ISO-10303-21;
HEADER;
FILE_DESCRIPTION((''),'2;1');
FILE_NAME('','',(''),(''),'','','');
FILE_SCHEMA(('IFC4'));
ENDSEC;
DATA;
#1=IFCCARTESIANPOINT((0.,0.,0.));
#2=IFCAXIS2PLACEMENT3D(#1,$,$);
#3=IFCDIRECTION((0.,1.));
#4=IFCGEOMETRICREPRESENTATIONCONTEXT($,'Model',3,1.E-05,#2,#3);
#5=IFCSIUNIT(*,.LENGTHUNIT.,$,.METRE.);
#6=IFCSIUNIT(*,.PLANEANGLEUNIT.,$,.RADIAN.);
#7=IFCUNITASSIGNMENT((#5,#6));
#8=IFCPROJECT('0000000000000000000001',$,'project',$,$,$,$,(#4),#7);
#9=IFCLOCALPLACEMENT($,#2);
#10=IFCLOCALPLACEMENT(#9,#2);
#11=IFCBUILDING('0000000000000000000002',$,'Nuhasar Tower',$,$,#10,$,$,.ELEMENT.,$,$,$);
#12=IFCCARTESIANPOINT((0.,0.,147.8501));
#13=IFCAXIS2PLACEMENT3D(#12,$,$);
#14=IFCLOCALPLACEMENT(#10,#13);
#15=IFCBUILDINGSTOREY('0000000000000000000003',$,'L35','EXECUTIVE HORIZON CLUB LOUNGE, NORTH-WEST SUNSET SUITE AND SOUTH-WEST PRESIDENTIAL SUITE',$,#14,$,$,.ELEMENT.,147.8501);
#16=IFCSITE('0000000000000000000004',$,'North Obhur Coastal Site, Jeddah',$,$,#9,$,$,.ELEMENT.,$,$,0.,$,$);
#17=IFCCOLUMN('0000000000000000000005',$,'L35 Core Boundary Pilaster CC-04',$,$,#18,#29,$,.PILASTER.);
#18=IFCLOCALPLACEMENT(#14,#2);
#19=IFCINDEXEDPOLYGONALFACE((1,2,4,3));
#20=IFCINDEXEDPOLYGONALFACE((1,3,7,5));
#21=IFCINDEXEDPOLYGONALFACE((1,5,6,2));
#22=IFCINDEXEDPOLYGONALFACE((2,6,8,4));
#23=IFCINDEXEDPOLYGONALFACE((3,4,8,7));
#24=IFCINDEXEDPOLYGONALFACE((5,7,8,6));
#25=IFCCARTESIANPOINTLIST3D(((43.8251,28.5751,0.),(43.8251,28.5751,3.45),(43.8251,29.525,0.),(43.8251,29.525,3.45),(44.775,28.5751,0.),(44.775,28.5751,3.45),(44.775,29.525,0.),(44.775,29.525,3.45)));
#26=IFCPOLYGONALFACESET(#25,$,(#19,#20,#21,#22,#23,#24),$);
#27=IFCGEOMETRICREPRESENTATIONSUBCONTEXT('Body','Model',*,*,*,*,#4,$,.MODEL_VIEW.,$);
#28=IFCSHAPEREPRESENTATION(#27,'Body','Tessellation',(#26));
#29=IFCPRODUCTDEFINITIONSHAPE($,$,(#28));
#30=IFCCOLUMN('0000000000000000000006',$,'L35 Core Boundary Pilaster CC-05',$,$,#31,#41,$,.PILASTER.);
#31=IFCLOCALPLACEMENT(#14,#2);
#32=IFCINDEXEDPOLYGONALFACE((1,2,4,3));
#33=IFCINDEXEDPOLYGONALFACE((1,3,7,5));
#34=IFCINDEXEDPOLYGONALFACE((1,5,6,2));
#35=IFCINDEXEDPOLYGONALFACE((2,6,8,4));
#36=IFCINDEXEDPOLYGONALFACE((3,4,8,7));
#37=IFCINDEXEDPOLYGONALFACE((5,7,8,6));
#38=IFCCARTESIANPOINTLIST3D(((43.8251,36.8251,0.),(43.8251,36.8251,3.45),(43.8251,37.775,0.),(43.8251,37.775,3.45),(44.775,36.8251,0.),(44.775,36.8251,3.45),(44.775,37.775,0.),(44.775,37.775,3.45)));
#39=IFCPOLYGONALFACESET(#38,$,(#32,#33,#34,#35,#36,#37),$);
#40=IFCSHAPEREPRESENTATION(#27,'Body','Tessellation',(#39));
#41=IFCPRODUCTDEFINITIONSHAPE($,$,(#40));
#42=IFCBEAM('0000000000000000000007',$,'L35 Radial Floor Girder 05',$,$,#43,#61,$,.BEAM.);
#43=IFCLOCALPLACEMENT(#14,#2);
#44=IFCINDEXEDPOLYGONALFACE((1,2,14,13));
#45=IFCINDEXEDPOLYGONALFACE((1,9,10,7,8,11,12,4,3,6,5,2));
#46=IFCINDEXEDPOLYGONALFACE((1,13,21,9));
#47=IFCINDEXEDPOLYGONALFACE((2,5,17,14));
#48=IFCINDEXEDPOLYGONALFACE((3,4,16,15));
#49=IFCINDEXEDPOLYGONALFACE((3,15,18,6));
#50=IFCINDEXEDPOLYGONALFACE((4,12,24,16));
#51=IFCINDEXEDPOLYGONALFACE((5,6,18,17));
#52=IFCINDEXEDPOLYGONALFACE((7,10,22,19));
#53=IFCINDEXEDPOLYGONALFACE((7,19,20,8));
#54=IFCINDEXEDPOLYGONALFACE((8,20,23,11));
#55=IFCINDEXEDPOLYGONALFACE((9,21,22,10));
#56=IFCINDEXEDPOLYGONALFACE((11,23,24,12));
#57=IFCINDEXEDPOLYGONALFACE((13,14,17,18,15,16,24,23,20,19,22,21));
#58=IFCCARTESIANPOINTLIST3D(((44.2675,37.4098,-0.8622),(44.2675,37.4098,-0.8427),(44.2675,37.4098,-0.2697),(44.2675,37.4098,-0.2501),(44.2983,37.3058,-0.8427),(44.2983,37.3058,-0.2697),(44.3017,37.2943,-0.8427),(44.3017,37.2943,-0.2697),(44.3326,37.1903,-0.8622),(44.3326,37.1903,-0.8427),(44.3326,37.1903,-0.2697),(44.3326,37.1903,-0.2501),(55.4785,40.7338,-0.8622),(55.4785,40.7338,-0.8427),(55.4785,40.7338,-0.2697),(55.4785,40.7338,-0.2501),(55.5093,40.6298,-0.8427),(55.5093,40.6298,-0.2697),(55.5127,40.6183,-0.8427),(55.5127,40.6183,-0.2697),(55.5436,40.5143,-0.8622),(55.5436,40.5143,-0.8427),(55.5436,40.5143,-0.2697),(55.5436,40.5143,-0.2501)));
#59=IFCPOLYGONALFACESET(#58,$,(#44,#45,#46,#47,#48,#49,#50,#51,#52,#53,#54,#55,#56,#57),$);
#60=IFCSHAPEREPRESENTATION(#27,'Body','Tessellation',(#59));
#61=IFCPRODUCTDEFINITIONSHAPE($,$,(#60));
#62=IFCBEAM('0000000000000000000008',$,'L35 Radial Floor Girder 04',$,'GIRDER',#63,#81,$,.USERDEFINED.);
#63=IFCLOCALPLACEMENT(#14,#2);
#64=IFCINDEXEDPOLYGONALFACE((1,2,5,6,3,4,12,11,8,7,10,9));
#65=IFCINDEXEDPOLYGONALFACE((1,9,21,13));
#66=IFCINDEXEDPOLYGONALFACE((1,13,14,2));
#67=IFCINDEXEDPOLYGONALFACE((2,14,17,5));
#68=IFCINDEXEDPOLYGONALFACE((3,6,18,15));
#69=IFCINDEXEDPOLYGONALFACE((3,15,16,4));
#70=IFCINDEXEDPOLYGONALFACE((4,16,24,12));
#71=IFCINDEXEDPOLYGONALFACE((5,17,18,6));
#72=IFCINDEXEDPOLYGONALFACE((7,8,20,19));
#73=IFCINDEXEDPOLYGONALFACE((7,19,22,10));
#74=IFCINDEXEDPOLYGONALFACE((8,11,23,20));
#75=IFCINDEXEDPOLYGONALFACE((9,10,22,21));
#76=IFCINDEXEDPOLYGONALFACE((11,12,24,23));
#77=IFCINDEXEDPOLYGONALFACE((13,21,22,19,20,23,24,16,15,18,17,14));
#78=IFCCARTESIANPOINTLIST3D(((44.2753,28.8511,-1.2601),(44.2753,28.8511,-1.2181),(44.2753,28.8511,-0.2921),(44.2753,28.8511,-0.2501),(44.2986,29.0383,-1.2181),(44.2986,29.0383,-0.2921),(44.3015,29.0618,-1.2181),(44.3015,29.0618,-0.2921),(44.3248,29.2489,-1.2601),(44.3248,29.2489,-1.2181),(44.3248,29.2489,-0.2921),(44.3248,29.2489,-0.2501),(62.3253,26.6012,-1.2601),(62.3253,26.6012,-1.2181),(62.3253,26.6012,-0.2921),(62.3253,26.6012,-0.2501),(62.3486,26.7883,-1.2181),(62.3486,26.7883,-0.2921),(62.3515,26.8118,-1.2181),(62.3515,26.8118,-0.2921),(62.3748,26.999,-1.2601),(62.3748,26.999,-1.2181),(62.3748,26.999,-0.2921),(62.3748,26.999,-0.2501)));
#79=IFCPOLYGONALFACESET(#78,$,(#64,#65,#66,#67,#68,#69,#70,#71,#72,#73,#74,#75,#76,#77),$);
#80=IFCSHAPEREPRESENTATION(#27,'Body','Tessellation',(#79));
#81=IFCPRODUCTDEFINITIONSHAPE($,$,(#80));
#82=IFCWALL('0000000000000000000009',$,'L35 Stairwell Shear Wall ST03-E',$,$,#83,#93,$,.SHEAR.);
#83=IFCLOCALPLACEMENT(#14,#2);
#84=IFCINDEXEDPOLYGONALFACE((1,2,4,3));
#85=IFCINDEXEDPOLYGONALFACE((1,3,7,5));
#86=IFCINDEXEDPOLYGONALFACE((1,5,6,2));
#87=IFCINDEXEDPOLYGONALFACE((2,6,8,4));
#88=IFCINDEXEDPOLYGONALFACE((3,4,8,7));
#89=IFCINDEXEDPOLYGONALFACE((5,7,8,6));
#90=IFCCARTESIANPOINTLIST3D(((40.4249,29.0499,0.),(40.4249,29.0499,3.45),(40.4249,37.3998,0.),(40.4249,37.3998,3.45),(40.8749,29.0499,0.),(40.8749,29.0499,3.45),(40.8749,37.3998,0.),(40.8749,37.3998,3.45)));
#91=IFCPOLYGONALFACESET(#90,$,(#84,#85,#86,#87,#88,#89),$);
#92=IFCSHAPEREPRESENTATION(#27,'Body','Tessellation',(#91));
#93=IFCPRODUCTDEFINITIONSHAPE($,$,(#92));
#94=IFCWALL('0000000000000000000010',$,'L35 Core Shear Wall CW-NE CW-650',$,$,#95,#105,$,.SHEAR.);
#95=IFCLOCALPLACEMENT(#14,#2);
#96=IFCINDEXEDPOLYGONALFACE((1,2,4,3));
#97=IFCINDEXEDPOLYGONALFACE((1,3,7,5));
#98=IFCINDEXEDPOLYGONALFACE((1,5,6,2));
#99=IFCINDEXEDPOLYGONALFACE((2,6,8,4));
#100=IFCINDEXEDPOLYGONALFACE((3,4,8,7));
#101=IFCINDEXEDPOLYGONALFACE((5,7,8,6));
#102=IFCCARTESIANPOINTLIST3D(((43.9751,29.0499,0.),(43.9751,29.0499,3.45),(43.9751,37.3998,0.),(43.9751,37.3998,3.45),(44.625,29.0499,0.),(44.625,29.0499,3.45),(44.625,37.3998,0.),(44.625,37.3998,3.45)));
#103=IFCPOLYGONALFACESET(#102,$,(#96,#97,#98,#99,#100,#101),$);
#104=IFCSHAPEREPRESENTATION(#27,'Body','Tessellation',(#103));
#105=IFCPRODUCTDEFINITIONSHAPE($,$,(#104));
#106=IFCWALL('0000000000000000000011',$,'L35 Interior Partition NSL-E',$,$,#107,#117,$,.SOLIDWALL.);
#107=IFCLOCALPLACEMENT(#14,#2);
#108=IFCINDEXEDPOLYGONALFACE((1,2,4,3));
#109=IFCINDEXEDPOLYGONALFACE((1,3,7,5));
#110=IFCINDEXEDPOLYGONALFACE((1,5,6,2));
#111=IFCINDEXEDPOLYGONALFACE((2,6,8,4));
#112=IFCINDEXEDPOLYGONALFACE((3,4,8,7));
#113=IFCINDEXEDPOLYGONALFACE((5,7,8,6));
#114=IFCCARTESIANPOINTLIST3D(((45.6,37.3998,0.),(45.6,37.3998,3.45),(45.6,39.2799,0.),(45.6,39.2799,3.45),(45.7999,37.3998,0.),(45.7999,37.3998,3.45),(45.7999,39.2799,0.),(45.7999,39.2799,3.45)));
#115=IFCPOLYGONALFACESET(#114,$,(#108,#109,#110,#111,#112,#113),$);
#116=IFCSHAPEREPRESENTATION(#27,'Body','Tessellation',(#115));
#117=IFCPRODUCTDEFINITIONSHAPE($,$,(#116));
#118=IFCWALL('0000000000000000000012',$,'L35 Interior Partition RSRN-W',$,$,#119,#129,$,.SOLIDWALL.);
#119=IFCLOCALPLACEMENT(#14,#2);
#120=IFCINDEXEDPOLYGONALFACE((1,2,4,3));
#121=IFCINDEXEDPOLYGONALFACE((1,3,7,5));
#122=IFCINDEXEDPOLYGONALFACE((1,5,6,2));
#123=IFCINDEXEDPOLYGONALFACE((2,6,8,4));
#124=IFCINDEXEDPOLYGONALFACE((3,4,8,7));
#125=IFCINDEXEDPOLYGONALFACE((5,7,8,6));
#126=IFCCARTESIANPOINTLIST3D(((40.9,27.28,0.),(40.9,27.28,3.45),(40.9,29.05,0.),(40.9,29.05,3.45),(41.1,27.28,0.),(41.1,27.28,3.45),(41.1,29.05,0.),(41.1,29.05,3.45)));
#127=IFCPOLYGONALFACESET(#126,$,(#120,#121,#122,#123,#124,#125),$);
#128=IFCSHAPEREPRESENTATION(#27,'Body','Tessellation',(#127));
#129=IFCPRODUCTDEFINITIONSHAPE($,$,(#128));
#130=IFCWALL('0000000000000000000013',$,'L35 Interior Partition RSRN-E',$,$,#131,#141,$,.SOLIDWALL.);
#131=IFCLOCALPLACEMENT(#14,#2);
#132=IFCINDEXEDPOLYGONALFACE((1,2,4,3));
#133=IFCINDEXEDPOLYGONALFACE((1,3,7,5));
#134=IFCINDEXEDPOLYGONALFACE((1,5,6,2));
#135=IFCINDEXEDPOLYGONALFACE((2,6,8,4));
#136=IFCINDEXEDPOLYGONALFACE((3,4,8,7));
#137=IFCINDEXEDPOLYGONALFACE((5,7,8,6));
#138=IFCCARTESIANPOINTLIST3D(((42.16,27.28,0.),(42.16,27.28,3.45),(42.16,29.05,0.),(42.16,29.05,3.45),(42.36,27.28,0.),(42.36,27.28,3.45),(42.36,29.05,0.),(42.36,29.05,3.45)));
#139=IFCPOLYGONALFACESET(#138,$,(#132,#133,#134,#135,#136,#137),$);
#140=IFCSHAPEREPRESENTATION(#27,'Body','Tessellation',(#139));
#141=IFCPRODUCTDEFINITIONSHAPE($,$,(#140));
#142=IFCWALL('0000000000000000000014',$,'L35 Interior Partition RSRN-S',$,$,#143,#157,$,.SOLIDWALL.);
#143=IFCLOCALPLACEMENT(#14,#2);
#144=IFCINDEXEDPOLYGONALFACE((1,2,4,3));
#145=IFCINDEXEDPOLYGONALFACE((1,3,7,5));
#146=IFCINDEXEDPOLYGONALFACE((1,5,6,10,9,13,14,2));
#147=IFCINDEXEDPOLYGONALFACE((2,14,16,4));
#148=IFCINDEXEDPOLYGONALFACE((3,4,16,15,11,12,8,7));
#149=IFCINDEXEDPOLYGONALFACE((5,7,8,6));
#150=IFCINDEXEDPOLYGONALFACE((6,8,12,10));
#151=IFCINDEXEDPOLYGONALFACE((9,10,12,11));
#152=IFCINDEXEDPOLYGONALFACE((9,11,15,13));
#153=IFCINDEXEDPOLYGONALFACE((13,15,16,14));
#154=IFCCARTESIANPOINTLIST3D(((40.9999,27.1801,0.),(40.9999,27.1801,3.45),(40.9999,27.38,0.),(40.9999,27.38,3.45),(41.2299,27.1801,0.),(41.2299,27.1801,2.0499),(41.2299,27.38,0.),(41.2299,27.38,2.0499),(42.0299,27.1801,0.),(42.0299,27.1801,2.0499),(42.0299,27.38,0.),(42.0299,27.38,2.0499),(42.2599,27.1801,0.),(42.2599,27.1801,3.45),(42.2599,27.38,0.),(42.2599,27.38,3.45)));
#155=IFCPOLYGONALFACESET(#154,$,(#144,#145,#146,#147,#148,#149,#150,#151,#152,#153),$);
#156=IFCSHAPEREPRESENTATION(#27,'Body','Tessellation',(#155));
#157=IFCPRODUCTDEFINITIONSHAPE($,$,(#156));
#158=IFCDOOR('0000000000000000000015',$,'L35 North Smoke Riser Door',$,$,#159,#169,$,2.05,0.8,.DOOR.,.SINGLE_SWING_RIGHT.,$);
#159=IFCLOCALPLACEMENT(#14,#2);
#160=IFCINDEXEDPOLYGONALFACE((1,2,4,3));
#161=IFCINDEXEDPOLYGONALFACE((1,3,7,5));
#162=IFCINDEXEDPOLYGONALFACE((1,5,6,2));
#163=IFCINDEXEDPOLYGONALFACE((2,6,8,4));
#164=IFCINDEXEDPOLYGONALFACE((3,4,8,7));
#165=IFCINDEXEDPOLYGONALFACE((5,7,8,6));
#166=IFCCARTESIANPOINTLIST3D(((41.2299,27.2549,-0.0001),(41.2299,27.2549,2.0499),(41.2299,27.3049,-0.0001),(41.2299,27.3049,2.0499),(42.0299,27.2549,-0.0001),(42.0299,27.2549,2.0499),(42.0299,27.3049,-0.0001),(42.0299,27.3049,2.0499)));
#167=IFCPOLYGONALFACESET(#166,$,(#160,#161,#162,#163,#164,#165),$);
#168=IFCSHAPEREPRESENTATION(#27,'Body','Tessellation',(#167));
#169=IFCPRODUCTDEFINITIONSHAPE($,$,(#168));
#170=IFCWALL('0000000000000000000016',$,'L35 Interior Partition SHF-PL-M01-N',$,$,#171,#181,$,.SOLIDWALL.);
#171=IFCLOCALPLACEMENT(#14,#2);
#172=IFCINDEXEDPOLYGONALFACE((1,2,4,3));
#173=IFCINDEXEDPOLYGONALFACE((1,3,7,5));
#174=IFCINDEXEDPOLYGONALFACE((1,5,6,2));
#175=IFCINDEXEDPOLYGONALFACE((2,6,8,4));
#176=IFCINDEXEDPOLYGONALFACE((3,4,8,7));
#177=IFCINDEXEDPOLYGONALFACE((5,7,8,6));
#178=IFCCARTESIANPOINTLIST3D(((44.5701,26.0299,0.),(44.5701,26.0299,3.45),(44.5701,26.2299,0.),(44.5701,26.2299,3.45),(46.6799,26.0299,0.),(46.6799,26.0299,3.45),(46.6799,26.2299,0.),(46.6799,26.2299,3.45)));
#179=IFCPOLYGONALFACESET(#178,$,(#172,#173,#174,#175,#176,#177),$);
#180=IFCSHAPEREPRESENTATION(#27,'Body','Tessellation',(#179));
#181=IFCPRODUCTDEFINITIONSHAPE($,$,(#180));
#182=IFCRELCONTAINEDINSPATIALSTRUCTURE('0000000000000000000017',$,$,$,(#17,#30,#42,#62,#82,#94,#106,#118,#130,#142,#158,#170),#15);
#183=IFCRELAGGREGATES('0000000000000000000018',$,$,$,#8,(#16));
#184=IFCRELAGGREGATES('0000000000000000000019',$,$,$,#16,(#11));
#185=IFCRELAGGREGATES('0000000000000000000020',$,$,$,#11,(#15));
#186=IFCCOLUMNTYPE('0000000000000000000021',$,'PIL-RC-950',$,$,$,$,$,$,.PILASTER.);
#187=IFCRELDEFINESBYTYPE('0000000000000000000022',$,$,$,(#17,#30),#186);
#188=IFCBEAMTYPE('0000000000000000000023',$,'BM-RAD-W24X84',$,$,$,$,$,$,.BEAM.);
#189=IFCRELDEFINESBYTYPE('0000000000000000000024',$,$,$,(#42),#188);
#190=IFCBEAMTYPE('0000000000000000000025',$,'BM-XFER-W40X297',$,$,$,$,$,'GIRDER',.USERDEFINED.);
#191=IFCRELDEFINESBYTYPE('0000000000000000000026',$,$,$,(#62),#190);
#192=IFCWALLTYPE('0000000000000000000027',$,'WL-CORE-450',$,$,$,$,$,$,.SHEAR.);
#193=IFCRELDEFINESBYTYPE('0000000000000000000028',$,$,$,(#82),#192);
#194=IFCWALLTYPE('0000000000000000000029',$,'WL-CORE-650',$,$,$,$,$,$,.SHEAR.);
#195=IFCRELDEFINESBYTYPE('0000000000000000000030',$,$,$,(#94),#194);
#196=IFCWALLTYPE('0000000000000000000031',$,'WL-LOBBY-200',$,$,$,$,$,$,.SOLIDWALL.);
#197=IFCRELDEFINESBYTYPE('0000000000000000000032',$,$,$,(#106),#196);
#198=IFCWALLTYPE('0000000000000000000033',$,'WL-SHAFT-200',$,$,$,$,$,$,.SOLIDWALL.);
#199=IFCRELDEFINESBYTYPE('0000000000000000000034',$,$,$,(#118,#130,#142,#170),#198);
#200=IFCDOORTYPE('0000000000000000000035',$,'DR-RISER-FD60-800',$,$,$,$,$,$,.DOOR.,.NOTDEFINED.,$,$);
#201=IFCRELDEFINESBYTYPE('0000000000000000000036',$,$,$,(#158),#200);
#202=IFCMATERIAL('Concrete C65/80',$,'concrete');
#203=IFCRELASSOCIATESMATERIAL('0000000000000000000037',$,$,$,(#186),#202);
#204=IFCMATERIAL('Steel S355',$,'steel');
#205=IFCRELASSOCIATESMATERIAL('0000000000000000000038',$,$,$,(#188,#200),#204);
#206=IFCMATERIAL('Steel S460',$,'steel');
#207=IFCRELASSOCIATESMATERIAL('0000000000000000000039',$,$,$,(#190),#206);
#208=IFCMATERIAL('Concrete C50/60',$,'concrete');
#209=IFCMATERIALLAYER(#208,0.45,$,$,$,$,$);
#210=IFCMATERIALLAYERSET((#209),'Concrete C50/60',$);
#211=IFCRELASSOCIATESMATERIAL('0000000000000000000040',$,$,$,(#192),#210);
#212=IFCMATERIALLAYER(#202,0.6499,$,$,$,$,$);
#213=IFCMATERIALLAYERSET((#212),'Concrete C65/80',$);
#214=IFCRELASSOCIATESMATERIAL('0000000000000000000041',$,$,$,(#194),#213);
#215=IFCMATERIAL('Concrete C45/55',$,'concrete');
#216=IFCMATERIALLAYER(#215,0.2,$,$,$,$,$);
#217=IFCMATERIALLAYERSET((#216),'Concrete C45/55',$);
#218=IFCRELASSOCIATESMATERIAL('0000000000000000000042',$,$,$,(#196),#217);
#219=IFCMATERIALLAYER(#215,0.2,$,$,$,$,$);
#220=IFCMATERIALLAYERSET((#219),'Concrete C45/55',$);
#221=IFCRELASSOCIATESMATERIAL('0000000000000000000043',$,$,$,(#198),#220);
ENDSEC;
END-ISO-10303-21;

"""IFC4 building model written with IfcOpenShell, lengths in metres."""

from ifc_helpers import new_model, si_unit, direction, frame, frame_2d, origin, origin_2d, place, context, subcontext, project, spatial, rectangle, i_section, extrude, material, layer, layer_set, material_profile, profile_set, type_object, element, fill, save


model = new_model("IFC4")

# Units and contexts
model_context = context("Model", 3, precision=1e-05, world=origin(), true_north=direction((0.0, 1.0)))
body_context = subcontext(model_context, "Body", "Model", "MODEL_VIEW")
ifc_project = project(units=[si_unit("LENGTHUNIT", "METRE"), si_unit("PLANEANGLEUNIT", "RADIAN")], contexts=[model_context])

# Site, building, storey
site_placement = place(None, origin())
site = spatial("IfcSite", under=ifc_project, at=site_placement, Name="North Obhur Coastal Site, Jeddah", CompositionType="ELEMENT", RefElevation=0.0)
building_placement = place(site_placement, origin())
building = spatial("IfcBuilding", under=site, at=building_placement, Name="Nuhasar Tower", CompositionType="ELEMENT")
storey_placement = place(building_placement, frame((0.0, 0.0, 147.8501)))
storey = spatial("IfcBuildingStorey", under=building, at=storey_placement, Name="L35", Description="EXECUTIVE HORIZON CLUB LOUNGE, NORTH-WEST SUNSET SUITE AND SOUTH-WEST PRESIDENTIAL SUITE", CompositionType="ELEMENT", Elevation=147.8501)

# Columns
ifc_material_1 = material(Name="Concrete C65/80", Category="concrete")
ifc_material_profile_1 = material_profile(ifc_material_1, rectangle(XDim=0.95, YDim=0.95, at=origin_2d()), Name="RC950X950")
ifc_profile_set_1 = profile_set([ifc_material_profile_1], Name="Concrete C65/80")
column_type = type_object("IfcColumnType", Name="PIL-RC-950", PredefinedType="PILASTER", material=ifc_profile_set_1)
for number, where, z_axis, x_axis, name in (
    (1, (44.3, 29.05, 0.0), (0.0, 0.0, 1.0), (1.0, 0.0, 0.0), "L35 Core Boundary Pilaster CC-04"),
    (2, (44.3, 37.3, 0.0), (0.0, 0.0, 1.0), (1.0, 0.0, 0.0), "L35 Core Boundary Pilaster CC-05"),
):
    element("IfcColumn", number, at=place(storey_placement, frame(where, z_axis=z_axis, x_axis=x_axis)), inside=storey, type_object=column_type, Name=name, PredefinedType="PILASTER", context=body_context, shape_type="SweptSolid", body=[
        extrude(rectangle(XDim=0.95, YDim=0.95, at=origin_2d()), origin(), (0.0, 0.0, 1.0), 3.45),
    ])

# Beams
ifc_material_2 = material(Name="Steel S355", Category="steel")
ifc_material_profile_2 = material_profile(ifc_material_2, i_section(OverallWidth=0.229, OverallDepth=0.6121, WebThickness=0.012, FlangeThickness=0.0195, at=origin_2d()), Name="W24X84")
ifc_profile_set_2 = profile_set([ifc_material_profile_2], Name="Steel S355")
beam_type_1 = type_object("IfcBeamType", Name="BM-RAD-W24X84", PredefinedType="BEAM", material=ifc_profile_set_2)
beam_1_placement = place(storey_placement, frame((44.3, 37.3, -0.5562), z_axis=(0.958746, 0.284262, 0.0), x_axis=(-0.284262, 0.958746, 0.0)))
element("IfcBeam", 3, at=beam_1_placement, inside=storey, type_object=beam_type_1, Name="L35 Radial Floor Girder 05", PredefinedType="BEAM", context=body_context, shape_type="SweptSolid", body=[
    extrude(i_section(OverallWidth=0.229, OverallDepth=0.6121, WebThickness=0.012, FlangeThickness=0.0195, at=origin_2d()), origin(), (0.0, 0.0, 1.0), 11.6934),
])
ifc_material_3 = material(Name="Steel S460", Category="steel")
ifc_material_profile_3 = material_profile(ifc_material_3, i_section(OverallWidth=0.4009, OverallDepth=1.01, WebThickness=0.0237, FlangeThickness=0.042, at=origin_2d()), Name="W40X297")
ifc_profile_set_3 = profile_set([ifc_material_profile_3], Name="Steel S460")
beam_type_2 = type_object("IfcBeamType", Name="BM-XFER-W40X297", ElementType="GIRDER", PredefinedType="USERDEFINED", material=ifc_profile_set_3)
beam_2_placement = place(storey_placement, frame((44.3, 29.05, -0.7551), z_axis=(0.99232, -0.123696, 0.0), x_axis=(0.123696, 0.99232, 0.0)))
element("IfcBeam", 4, at=beam_2_placement, inside=storey, type_object=beam_type_2, Name="L35 Radial Floor Girder 04", ObjectType="GIRDER", PredefinedType="USERDEFINED", context=body_context, shape_type="SweptSolid", body=[
    extrude(i_section(OverallWidth=0.4009, OverallDepth=1.01, WebThickness=0.0237, FlangeThickness=0.042, at=origin_2d()), origin(), (0.0, 0.0, 1.0), 18.1897),
])

# Shared definitions
ifc_material_4 = material(Name="Concrete C50/60", Category="concrete")
ifc_layer_1 = layer(ifc_material_4, 0.45)
ifc_layer_set_1 = layer_set([ifc_layer_1], Name="Concrete C50/60")
wall_type_1 = type_object("IfcWallType", Name="WL-CORE-450", PredefinedType="SHEAR", material=ifc_layer_set_1)

# Wall
wall_1_placement = place(storey_placement, frame((40.6499, 29.05, 0.0), z_axis=(0.0, 0.0, 1.0), x_axis=(0.0, 1.0, 0.0)))
element("IfcWall", 5, at=wall_1_placement, inside=storey, type_object=wall_type_1, Name="L35 Stairwell Shear Wall ST03-E", PredefinedType="SHEAR", context=body_context, shape_type="SweptSolid", body=[
    extrude(rectangle(XDim=8.3499, YDim=0.45, at=frame_2d((4.1748, 0.0))), origin(), (0.0, 0.0, 1.0), 3.45),
])

# Walls
ifc_layer_2 = layer(ifc_material_1, 0.6499)
ifc_layer_set_2 = layer_set([ifc_layer_2], Name="Concrete C65/80")
wall_type_2 = type_object("IfcWallType", Name="WL-CORE-650", PredefinedType="SHEAR", material=ifc_layer_set_2)
wall_2_placement = place(storey_placement, frame((44.3, 29.05, 0.0), z_axis=(0.0, 0.0, 1.0), x_axis=(0.0, 1.0, 0.0)))
element("IfcWall", 6, at=wall_2_placement, inside=storey, type_object=wall_type_2, Name="L35 Core Shear Wall CW-NE CW-650", PredefinedType="SHEAR", context=body_context, shape_type="SweptSolid", body=[
    extrude(rectangle(XDim=8.3499, YDim=0.6499, at=frame_2d((4.1748, 0.0))), origin(), (0.0, 0.0, 1.0), 3.45),
])
ifc_material_5 = material(Name="Concrete C45/55", Category="concrete")
ifc_layer_3 = layer(ifc_material_5, 0.2)
ifc_layer_set_3 = layer_set([ifc_layer_3], Name="Concrete C45/55")
wall_type_3 = type_object("IfcWallType", Name="WL-LOBBY-200", PredefinedType="SOLIDWALL", material=ifc_layer_set_3)
wall_3_placement = place(storey_placement, frame((45.7, 37.3999, 0.0), z_axis=(0.0, 0.0, 1.0), x_axis=(0.0, 1.0, 0.0)))
element("IfcWall", 7, at=wall_3_placement, inside=storey, type_object=wall_type_3, Name="L35 Interior Partition NSL-E", PredefinedType="SOLIDWALL", context=body_context, shape_type="SweptSolid", body=[
    extrude(rectangle(XDim=1.8801, YDim=0.2, at=frame_2d((0.9399, 0.0))), origin(), (0.0, 0.0, 1.0), 3.45),
])
ifc_layer_4 = layer(ifc_material_5, 0.2)
ifc_layer_set_4 = layer_set([ifc_layer_4], Name="Concrete C45/55")
wall_type_4 = type_object("IfcWallType", Name="WL-SHAFT-200", PredefinedType="SOLIDWALL", material=ifc_layer_set_4)
for number, where, z_axis, x_axis, name in (
    (8, (41.0, 27.28, 0.0), (0.0, 0.0, 1.0), (0.0, 1.0, 0.0), "L35 Interior Partition RSRN-W"),
    (9, (42.26, 27.28, 0.0), (0.0, 0.0, 1.0), (0.0, 1.0, 0.0), "L35 Interior Partition RSRN-E"),
):
    element("IfcWall", number, at=place(storey_placement, frame(where, z_axis=z_axis, x_axis=x_axis)), inside=storey, type_object=wall_type_4, Name=name, PredefinedType="SOLIDWALL", context=body_context, shape_type="SweptSolid", body=[
        extrude(rectangle(XDim=1.77, YDim=0.2, at=frame_2d((0.885, 0.0))), origin(), (0.0, 0.0, 1.0), 3.45),
    ])

# Wall, opening, door
wall_4_placement = place(storey_placement, frame((41.0, 27.28, 0.0), z_axis=(0.0, 0.0, 1.0), x_axis=(1.0, 0.0, 0.0)))
wall_4 = element("IfcWall", 10, at=wall_4_placement, inside=storey, type_object=wall_type_4, Name="L35 Interior Partition RSRN-S", PredefinedType="SOLIDWALL", context=body_context, shape_type="SweptSolid", body=[
    extrude(rectangle(XDim=1.26, YDim=0.2, at=frame_2d((0.6299, 0.0))), origin(), (0.0, 0.0, 1.0), 3.45),
])
opening_1_placement = place(wall_4_placement, frame((0.23, 0.0, 0.0)))
opening_1 = element("IfcOpeningElement", 11, at=opening_1_placement, cuts=wall_4, PredefinedType="OPENING", context=body_context, shape_type="SweptSolid", body=[
    extrude(rectangle(XDim=0.8, YDim=2.05, at=frame_2d((0.3999, 1.0249))), frame((0.0, 0.1099, 0.0), z_axis=(0.0, -1.0, 0.0), x_axis=(1.0, 0.0, 0.0)), (0.0, 0.0, 1.0), 0.22),
])
door_type_1 = type_object("IfcDoorType", Name="DR-RISER-FD60-800", OperationType="NOTDEFINED", PredefinedType="DOOR", material=ifc_material_2)
door_1_placement = place(opening_1_placement, origin())
door_1 = element("IfcDoor", 12, at=door_1_placement, inside=storey, type_object=door_type_1, Name="L35 North Smoke Riser Door", OperationType="SINGLE_SWING_RIGHT", OverallHeight=2.05, OverallWidth=0.8, PredefinedType="DOOR", context=body_context, shape_type="SweptSolid", body=[
    extrude(rectangle(XDim=0.8, YDim=2.05, at=frame_2d((0.3999, 1.0249))), frame((0.0, 0.0249, 0.0), z_axis=(0.0, -1.0, 0.0), x_axis=(1.0, 0.0, 0.0)), (0.0, 0.0, 1.0), 0.05),
])
fill(opening_1, door_1)

# Wall
wall_5_placement = place(storey_placement, frame((44.5701, 26.1299, 0.0), z_axis=(0.0, 0.0, 1.0), x_axis=(1.0, 0.0, 0.0)))
element("IfcWall", 13, at=wall_5_placement, inside=storey, type_object=wall_type_4, Name="L35 Interior Partition SHF-PL-M01-N", PredefinedType="SOLIDWALL", context=body_context, shape_type="SweptSolid", body=[
    extrude(rectangle(XDim=2.1099, YDim=0.2, at=frame_2d((1.0549, 0.0))), origin(), (0.0, 0.0, 1.0), 3.45),
])

save(model, "model.ifc")
